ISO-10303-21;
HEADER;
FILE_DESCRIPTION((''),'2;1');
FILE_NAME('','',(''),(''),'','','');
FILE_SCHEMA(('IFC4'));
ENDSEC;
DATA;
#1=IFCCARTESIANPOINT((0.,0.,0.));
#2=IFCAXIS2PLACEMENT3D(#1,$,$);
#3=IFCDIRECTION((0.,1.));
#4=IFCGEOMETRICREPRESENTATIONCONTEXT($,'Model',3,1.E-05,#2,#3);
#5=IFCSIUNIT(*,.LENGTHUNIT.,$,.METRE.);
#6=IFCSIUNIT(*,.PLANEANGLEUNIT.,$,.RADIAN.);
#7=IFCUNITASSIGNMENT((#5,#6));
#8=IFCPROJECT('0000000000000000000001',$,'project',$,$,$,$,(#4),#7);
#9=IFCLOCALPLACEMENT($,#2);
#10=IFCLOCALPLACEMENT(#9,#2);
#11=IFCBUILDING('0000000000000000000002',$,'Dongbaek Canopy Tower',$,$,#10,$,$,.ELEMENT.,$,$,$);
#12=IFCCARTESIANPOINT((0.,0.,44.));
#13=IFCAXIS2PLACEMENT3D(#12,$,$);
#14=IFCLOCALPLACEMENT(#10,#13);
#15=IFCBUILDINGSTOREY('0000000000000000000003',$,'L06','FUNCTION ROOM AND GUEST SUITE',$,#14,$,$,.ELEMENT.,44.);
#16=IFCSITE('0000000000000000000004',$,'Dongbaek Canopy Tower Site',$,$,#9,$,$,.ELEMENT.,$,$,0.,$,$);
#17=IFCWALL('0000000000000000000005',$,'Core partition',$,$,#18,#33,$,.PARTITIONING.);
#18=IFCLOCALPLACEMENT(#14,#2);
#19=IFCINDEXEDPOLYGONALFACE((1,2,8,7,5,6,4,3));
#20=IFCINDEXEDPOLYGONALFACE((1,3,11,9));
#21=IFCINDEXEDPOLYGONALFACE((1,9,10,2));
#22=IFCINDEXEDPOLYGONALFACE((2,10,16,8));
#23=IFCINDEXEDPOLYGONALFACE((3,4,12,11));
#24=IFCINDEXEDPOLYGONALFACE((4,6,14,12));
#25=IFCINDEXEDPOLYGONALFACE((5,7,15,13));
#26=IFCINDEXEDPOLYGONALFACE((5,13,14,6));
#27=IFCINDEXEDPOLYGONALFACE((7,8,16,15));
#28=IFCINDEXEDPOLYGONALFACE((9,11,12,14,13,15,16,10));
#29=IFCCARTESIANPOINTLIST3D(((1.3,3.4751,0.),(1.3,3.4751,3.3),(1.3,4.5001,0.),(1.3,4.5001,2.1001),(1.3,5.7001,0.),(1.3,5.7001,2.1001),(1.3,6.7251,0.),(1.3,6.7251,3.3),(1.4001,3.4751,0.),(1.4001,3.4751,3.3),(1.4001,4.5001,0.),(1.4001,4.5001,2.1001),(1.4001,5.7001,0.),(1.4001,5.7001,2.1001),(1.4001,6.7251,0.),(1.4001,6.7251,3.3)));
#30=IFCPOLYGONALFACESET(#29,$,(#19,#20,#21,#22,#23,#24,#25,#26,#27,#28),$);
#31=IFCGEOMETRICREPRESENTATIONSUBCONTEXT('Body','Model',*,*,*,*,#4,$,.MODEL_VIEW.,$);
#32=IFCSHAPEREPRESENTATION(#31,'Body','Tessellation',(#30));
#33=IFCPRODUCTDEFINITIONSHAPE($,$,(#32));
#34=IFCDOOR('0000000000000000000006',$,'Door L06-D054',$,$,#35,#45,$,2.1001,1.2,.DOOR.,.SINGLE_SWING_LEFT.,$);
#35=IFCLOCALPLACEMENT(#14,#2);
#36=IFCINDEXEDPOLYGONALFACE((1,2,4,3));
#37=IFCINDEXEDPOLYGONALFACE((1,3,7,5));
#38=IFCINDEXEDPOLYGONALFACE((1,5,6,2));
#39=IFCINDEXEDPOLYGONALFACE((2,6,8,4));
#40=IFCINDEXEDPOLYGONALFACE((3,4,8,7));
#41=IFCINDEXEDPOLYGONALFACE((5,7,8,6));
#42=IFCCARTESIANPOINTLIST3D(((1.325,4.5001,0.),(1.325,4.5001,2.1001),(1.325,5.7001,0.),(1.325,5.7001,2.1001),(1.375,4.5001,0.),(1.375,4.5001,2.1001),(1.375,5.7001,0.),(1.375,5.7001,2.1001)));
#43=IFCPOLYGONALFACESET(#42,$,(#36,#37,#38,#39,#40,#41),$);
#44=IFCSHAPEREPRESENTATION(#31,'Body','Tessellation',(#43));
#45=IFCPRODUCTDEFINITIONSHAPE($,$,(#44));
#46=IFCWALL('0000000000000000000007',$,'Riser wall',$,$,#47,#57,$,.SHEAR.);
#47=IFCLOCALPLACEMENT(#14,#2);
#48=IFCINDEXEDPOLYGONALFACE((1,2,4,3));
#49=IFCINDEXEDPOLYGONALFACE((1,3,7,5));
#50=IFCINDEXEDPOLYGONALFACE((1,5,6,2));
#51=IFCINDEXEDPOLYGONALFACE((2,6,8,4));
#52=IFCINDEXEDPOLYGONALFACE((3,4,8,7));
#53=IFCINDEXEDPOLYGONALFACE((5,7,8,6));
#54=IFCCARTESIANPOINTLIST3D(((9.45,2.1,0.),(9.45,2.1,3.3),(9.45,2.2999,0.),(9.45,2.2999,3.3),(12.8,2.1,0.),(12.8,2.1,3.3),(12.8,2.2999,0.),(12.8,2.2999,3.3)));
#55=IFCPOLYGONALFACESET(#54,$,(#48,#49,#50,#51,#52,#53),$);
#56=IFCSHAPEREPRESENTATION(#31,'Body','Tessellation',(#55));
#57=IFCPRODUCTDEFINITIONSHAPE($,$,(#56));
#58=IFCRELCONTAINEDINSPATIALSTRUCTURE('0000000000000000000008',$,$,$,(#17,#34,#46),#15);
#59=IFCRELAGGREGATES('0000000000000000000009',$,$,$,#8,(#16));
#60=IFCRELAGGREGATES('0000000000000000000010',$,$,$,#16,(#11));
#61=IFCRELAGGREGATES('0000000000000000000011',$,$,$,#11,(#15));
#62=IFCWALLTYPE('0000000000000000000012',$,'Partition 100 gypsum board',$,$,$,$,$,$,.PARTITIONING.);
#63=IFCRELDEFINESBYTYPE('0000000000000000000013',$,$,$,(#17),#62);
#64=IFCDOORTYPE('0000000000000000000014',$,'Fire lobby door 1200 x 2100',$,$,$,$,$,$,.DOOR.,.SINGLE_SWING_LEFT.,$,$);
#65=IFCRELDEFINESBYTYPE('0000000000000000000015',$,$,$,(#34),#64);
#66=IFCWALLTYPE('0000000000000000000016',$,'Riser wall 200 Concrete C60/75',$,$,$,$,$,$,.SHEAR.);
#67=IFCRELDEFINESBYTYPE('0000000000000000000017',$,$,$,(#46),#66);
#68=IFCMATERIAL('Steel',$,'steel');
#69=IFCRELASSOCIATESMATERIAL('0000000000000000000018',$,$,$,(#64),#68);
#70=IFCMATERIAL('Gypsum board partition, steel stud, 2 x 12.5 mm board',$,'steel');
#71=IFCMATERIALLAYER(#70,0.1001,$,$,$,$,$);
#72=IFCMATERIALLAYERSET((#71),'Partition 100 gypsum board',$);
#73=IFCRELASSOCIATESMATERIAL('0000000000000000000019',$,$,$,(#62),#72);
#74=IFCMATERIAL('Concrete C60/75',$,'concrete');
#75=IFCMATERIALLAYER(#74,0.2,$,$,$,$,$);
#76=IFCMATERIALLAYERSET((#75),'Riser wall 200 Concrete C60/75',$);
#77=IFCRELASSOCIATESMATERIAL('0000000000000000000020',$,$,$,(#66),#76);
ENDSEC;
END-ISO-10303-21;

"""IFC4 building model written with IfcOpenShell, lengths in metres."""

from ifc_helpers import new_model, si_unit, direction, frame, frame_2d, origin, place, context, subcontext, project, spatial, rectangle, extrude, material, layer, layer_set, type_object, element, fill, save


model = new_model("IFC4")

# Units and contexts
model_context = context("Model", 3, precision=1e-05, world=origin(), true_north=direction((0.0, 1.0)))
body_context = subcontext(model_context, "Body", "Model", "MODEL_VIEW")
ifc_project = project(units=[si_unit("LENGTHUNIT", "METRE"), si_unit("PLANEANGLEUNIT", "RADIAN")], contexts=[model_context])

# Site, building, storey
site_placement = place(None, origin())
site = spatial("IfcSite", under=ifc_project, at=site_placement, Name="Dongbaek Canopy Tower Site", CompositionType="ELEMENT", RefElevation=0.0)
building_placement = place(site_placement, origin())
building = spatial("IfcBuilding", under=site, at=building_placement, Name="Dongbaek Canopy Tower", CompositionType="ELEMENT")
storey_placement = place(building_placement, frame((0.0, 0.0, 44.0)))
storey = spatial("IfcBuildingStorey", under=building, at=storey_placement, Name="L06", Description="FUNCTION ROOM AND GUEST SUITE", CompositionType="ELEMENT", Elevation=44.0)

# Shared definitions
ifc_material_1 = material(Name="Steel", Category="steel")
door_type_1 = type_object("IfcDoorType", Name="Fire lobby door 1200 x 2100", OperationType="SINGLE_SWING_LEFT", PredefinedType="DOOR", material=ifc_material_1)

# Wall, opening, door
ifc_material_2 = material(Name="Gypsum board partition, steel stud, 2 x 12.5 mm board", Category="steel")
ifc_layer_1 = layer(ifc_material_2, 0.1001)
ifc_layer_set_1 = layer_set([ifc_layer_1], Name="Partition 100 gypsum board")
wall_type_1 = type_object("IfcWallType", Name="Partition 100 gypsum board", PredefinedType="PARTITIONING", material=ifc_layer_set_1)
wall_1_placement = place(storey_placement, frame((1.3501, 6.7251, 0.0), z_axis=(0.0, 0.0, 1.0), x_axis=(0.0, -1.0, 0.0)))
wall_1 = element("IfcWall", 1, at=wall_1_placement, inside=storey, type_object=wall_type_1, Name="Core partition", PredefinedType="PARTITIONING", context=body_context, shape_type="SweptSolid", body=[
    extrude(rectangle(XDim=3.25, YDim=0.1001, at=frame_2d((1.625, 0.0))), origin(), (0.0, 0.0, 1.0), 3.3),
])
opening_1_placement = place(wall_1_placement, frame((1.0249, 0.0, 0.0)))
opening_1 = element("IfcOpeningElement", 2, at=opening_1_placement, cuts=wall_1, PredefinedType="OPENING", context=body_context, shape_type="SweptSolid", body=[
    extrude(rectangle(XDim=1.2, YDim=2.1001, at=frame_2d((0.6001, 1.05))), frame((0.0, 0.0601, 0.0), z_axis=(0.0, -1.0, 0.0), x_axis=(1.0, 0.0, 0.0)), (0.0, 0.0, 1.0), 0.1201),
])
door_1_placement = place(opening_1_placement, origin())
door_1 = element("IfcDoor", 3, at=door_1_placement, inside=storey, type_object=door_type_1, Name="Door L06-D054", OperationType="SINGLE_SWING_LEFT", OverallHeight=2.1001, OverallWidth=1.2, PredefinedType="DOOR", context=body_context, shape_type="SweptSolid", body=[
    extrude(rectangle(XDim=1.2, YDim=2.1001, at=frame_2d((0.6001, 1.05))), frame((0.0, 0.0249, 0.0), z_axis=(0.0, -1.0, 0.0), x_axis=(1.0, 0.0, 0.0)), (0.0, 0.0, 1.0), 0.05),
])
fill(opening_1, door_1)

# Wall
ifc_material_3 = material(Name="Concrete C60/75", Category="concrete")
ifc_layer_2 = layer(ifc_material_3, 0.2)
ifc_layer_set_2 = layer_set([ifc_layer_2], Name="Riser wall 200 Concrete C60/75")
wall_type_2 = type_object("IfcWallType", Name="Riser wall 200 Concrete C60/75", PredefinedType="SHEAR", material=ifc_layer_set_2)
wall_2_placement = place(storey_placement, frame((9.45, 2.2, 0.0), z_axis=(0.0, 0.0, 1.0), x_axis=(1.0, 0.0, 0.0)))
element("IfcWall", 4, at=wall_2_placement, inside=storey, type_object=wall_type_2, Name="Riser wall", PredefinedType="SHEAR", context=body_context, shape_type="SweptSolid", body=[
    extrude(rectangle(XDim=3.3501, YDim=0.2, at=frame_2d((1.675, 0.0))), origin(), (0.0, 0.0, 1.0), 3.3),
])

save(model, "model.ifc")
